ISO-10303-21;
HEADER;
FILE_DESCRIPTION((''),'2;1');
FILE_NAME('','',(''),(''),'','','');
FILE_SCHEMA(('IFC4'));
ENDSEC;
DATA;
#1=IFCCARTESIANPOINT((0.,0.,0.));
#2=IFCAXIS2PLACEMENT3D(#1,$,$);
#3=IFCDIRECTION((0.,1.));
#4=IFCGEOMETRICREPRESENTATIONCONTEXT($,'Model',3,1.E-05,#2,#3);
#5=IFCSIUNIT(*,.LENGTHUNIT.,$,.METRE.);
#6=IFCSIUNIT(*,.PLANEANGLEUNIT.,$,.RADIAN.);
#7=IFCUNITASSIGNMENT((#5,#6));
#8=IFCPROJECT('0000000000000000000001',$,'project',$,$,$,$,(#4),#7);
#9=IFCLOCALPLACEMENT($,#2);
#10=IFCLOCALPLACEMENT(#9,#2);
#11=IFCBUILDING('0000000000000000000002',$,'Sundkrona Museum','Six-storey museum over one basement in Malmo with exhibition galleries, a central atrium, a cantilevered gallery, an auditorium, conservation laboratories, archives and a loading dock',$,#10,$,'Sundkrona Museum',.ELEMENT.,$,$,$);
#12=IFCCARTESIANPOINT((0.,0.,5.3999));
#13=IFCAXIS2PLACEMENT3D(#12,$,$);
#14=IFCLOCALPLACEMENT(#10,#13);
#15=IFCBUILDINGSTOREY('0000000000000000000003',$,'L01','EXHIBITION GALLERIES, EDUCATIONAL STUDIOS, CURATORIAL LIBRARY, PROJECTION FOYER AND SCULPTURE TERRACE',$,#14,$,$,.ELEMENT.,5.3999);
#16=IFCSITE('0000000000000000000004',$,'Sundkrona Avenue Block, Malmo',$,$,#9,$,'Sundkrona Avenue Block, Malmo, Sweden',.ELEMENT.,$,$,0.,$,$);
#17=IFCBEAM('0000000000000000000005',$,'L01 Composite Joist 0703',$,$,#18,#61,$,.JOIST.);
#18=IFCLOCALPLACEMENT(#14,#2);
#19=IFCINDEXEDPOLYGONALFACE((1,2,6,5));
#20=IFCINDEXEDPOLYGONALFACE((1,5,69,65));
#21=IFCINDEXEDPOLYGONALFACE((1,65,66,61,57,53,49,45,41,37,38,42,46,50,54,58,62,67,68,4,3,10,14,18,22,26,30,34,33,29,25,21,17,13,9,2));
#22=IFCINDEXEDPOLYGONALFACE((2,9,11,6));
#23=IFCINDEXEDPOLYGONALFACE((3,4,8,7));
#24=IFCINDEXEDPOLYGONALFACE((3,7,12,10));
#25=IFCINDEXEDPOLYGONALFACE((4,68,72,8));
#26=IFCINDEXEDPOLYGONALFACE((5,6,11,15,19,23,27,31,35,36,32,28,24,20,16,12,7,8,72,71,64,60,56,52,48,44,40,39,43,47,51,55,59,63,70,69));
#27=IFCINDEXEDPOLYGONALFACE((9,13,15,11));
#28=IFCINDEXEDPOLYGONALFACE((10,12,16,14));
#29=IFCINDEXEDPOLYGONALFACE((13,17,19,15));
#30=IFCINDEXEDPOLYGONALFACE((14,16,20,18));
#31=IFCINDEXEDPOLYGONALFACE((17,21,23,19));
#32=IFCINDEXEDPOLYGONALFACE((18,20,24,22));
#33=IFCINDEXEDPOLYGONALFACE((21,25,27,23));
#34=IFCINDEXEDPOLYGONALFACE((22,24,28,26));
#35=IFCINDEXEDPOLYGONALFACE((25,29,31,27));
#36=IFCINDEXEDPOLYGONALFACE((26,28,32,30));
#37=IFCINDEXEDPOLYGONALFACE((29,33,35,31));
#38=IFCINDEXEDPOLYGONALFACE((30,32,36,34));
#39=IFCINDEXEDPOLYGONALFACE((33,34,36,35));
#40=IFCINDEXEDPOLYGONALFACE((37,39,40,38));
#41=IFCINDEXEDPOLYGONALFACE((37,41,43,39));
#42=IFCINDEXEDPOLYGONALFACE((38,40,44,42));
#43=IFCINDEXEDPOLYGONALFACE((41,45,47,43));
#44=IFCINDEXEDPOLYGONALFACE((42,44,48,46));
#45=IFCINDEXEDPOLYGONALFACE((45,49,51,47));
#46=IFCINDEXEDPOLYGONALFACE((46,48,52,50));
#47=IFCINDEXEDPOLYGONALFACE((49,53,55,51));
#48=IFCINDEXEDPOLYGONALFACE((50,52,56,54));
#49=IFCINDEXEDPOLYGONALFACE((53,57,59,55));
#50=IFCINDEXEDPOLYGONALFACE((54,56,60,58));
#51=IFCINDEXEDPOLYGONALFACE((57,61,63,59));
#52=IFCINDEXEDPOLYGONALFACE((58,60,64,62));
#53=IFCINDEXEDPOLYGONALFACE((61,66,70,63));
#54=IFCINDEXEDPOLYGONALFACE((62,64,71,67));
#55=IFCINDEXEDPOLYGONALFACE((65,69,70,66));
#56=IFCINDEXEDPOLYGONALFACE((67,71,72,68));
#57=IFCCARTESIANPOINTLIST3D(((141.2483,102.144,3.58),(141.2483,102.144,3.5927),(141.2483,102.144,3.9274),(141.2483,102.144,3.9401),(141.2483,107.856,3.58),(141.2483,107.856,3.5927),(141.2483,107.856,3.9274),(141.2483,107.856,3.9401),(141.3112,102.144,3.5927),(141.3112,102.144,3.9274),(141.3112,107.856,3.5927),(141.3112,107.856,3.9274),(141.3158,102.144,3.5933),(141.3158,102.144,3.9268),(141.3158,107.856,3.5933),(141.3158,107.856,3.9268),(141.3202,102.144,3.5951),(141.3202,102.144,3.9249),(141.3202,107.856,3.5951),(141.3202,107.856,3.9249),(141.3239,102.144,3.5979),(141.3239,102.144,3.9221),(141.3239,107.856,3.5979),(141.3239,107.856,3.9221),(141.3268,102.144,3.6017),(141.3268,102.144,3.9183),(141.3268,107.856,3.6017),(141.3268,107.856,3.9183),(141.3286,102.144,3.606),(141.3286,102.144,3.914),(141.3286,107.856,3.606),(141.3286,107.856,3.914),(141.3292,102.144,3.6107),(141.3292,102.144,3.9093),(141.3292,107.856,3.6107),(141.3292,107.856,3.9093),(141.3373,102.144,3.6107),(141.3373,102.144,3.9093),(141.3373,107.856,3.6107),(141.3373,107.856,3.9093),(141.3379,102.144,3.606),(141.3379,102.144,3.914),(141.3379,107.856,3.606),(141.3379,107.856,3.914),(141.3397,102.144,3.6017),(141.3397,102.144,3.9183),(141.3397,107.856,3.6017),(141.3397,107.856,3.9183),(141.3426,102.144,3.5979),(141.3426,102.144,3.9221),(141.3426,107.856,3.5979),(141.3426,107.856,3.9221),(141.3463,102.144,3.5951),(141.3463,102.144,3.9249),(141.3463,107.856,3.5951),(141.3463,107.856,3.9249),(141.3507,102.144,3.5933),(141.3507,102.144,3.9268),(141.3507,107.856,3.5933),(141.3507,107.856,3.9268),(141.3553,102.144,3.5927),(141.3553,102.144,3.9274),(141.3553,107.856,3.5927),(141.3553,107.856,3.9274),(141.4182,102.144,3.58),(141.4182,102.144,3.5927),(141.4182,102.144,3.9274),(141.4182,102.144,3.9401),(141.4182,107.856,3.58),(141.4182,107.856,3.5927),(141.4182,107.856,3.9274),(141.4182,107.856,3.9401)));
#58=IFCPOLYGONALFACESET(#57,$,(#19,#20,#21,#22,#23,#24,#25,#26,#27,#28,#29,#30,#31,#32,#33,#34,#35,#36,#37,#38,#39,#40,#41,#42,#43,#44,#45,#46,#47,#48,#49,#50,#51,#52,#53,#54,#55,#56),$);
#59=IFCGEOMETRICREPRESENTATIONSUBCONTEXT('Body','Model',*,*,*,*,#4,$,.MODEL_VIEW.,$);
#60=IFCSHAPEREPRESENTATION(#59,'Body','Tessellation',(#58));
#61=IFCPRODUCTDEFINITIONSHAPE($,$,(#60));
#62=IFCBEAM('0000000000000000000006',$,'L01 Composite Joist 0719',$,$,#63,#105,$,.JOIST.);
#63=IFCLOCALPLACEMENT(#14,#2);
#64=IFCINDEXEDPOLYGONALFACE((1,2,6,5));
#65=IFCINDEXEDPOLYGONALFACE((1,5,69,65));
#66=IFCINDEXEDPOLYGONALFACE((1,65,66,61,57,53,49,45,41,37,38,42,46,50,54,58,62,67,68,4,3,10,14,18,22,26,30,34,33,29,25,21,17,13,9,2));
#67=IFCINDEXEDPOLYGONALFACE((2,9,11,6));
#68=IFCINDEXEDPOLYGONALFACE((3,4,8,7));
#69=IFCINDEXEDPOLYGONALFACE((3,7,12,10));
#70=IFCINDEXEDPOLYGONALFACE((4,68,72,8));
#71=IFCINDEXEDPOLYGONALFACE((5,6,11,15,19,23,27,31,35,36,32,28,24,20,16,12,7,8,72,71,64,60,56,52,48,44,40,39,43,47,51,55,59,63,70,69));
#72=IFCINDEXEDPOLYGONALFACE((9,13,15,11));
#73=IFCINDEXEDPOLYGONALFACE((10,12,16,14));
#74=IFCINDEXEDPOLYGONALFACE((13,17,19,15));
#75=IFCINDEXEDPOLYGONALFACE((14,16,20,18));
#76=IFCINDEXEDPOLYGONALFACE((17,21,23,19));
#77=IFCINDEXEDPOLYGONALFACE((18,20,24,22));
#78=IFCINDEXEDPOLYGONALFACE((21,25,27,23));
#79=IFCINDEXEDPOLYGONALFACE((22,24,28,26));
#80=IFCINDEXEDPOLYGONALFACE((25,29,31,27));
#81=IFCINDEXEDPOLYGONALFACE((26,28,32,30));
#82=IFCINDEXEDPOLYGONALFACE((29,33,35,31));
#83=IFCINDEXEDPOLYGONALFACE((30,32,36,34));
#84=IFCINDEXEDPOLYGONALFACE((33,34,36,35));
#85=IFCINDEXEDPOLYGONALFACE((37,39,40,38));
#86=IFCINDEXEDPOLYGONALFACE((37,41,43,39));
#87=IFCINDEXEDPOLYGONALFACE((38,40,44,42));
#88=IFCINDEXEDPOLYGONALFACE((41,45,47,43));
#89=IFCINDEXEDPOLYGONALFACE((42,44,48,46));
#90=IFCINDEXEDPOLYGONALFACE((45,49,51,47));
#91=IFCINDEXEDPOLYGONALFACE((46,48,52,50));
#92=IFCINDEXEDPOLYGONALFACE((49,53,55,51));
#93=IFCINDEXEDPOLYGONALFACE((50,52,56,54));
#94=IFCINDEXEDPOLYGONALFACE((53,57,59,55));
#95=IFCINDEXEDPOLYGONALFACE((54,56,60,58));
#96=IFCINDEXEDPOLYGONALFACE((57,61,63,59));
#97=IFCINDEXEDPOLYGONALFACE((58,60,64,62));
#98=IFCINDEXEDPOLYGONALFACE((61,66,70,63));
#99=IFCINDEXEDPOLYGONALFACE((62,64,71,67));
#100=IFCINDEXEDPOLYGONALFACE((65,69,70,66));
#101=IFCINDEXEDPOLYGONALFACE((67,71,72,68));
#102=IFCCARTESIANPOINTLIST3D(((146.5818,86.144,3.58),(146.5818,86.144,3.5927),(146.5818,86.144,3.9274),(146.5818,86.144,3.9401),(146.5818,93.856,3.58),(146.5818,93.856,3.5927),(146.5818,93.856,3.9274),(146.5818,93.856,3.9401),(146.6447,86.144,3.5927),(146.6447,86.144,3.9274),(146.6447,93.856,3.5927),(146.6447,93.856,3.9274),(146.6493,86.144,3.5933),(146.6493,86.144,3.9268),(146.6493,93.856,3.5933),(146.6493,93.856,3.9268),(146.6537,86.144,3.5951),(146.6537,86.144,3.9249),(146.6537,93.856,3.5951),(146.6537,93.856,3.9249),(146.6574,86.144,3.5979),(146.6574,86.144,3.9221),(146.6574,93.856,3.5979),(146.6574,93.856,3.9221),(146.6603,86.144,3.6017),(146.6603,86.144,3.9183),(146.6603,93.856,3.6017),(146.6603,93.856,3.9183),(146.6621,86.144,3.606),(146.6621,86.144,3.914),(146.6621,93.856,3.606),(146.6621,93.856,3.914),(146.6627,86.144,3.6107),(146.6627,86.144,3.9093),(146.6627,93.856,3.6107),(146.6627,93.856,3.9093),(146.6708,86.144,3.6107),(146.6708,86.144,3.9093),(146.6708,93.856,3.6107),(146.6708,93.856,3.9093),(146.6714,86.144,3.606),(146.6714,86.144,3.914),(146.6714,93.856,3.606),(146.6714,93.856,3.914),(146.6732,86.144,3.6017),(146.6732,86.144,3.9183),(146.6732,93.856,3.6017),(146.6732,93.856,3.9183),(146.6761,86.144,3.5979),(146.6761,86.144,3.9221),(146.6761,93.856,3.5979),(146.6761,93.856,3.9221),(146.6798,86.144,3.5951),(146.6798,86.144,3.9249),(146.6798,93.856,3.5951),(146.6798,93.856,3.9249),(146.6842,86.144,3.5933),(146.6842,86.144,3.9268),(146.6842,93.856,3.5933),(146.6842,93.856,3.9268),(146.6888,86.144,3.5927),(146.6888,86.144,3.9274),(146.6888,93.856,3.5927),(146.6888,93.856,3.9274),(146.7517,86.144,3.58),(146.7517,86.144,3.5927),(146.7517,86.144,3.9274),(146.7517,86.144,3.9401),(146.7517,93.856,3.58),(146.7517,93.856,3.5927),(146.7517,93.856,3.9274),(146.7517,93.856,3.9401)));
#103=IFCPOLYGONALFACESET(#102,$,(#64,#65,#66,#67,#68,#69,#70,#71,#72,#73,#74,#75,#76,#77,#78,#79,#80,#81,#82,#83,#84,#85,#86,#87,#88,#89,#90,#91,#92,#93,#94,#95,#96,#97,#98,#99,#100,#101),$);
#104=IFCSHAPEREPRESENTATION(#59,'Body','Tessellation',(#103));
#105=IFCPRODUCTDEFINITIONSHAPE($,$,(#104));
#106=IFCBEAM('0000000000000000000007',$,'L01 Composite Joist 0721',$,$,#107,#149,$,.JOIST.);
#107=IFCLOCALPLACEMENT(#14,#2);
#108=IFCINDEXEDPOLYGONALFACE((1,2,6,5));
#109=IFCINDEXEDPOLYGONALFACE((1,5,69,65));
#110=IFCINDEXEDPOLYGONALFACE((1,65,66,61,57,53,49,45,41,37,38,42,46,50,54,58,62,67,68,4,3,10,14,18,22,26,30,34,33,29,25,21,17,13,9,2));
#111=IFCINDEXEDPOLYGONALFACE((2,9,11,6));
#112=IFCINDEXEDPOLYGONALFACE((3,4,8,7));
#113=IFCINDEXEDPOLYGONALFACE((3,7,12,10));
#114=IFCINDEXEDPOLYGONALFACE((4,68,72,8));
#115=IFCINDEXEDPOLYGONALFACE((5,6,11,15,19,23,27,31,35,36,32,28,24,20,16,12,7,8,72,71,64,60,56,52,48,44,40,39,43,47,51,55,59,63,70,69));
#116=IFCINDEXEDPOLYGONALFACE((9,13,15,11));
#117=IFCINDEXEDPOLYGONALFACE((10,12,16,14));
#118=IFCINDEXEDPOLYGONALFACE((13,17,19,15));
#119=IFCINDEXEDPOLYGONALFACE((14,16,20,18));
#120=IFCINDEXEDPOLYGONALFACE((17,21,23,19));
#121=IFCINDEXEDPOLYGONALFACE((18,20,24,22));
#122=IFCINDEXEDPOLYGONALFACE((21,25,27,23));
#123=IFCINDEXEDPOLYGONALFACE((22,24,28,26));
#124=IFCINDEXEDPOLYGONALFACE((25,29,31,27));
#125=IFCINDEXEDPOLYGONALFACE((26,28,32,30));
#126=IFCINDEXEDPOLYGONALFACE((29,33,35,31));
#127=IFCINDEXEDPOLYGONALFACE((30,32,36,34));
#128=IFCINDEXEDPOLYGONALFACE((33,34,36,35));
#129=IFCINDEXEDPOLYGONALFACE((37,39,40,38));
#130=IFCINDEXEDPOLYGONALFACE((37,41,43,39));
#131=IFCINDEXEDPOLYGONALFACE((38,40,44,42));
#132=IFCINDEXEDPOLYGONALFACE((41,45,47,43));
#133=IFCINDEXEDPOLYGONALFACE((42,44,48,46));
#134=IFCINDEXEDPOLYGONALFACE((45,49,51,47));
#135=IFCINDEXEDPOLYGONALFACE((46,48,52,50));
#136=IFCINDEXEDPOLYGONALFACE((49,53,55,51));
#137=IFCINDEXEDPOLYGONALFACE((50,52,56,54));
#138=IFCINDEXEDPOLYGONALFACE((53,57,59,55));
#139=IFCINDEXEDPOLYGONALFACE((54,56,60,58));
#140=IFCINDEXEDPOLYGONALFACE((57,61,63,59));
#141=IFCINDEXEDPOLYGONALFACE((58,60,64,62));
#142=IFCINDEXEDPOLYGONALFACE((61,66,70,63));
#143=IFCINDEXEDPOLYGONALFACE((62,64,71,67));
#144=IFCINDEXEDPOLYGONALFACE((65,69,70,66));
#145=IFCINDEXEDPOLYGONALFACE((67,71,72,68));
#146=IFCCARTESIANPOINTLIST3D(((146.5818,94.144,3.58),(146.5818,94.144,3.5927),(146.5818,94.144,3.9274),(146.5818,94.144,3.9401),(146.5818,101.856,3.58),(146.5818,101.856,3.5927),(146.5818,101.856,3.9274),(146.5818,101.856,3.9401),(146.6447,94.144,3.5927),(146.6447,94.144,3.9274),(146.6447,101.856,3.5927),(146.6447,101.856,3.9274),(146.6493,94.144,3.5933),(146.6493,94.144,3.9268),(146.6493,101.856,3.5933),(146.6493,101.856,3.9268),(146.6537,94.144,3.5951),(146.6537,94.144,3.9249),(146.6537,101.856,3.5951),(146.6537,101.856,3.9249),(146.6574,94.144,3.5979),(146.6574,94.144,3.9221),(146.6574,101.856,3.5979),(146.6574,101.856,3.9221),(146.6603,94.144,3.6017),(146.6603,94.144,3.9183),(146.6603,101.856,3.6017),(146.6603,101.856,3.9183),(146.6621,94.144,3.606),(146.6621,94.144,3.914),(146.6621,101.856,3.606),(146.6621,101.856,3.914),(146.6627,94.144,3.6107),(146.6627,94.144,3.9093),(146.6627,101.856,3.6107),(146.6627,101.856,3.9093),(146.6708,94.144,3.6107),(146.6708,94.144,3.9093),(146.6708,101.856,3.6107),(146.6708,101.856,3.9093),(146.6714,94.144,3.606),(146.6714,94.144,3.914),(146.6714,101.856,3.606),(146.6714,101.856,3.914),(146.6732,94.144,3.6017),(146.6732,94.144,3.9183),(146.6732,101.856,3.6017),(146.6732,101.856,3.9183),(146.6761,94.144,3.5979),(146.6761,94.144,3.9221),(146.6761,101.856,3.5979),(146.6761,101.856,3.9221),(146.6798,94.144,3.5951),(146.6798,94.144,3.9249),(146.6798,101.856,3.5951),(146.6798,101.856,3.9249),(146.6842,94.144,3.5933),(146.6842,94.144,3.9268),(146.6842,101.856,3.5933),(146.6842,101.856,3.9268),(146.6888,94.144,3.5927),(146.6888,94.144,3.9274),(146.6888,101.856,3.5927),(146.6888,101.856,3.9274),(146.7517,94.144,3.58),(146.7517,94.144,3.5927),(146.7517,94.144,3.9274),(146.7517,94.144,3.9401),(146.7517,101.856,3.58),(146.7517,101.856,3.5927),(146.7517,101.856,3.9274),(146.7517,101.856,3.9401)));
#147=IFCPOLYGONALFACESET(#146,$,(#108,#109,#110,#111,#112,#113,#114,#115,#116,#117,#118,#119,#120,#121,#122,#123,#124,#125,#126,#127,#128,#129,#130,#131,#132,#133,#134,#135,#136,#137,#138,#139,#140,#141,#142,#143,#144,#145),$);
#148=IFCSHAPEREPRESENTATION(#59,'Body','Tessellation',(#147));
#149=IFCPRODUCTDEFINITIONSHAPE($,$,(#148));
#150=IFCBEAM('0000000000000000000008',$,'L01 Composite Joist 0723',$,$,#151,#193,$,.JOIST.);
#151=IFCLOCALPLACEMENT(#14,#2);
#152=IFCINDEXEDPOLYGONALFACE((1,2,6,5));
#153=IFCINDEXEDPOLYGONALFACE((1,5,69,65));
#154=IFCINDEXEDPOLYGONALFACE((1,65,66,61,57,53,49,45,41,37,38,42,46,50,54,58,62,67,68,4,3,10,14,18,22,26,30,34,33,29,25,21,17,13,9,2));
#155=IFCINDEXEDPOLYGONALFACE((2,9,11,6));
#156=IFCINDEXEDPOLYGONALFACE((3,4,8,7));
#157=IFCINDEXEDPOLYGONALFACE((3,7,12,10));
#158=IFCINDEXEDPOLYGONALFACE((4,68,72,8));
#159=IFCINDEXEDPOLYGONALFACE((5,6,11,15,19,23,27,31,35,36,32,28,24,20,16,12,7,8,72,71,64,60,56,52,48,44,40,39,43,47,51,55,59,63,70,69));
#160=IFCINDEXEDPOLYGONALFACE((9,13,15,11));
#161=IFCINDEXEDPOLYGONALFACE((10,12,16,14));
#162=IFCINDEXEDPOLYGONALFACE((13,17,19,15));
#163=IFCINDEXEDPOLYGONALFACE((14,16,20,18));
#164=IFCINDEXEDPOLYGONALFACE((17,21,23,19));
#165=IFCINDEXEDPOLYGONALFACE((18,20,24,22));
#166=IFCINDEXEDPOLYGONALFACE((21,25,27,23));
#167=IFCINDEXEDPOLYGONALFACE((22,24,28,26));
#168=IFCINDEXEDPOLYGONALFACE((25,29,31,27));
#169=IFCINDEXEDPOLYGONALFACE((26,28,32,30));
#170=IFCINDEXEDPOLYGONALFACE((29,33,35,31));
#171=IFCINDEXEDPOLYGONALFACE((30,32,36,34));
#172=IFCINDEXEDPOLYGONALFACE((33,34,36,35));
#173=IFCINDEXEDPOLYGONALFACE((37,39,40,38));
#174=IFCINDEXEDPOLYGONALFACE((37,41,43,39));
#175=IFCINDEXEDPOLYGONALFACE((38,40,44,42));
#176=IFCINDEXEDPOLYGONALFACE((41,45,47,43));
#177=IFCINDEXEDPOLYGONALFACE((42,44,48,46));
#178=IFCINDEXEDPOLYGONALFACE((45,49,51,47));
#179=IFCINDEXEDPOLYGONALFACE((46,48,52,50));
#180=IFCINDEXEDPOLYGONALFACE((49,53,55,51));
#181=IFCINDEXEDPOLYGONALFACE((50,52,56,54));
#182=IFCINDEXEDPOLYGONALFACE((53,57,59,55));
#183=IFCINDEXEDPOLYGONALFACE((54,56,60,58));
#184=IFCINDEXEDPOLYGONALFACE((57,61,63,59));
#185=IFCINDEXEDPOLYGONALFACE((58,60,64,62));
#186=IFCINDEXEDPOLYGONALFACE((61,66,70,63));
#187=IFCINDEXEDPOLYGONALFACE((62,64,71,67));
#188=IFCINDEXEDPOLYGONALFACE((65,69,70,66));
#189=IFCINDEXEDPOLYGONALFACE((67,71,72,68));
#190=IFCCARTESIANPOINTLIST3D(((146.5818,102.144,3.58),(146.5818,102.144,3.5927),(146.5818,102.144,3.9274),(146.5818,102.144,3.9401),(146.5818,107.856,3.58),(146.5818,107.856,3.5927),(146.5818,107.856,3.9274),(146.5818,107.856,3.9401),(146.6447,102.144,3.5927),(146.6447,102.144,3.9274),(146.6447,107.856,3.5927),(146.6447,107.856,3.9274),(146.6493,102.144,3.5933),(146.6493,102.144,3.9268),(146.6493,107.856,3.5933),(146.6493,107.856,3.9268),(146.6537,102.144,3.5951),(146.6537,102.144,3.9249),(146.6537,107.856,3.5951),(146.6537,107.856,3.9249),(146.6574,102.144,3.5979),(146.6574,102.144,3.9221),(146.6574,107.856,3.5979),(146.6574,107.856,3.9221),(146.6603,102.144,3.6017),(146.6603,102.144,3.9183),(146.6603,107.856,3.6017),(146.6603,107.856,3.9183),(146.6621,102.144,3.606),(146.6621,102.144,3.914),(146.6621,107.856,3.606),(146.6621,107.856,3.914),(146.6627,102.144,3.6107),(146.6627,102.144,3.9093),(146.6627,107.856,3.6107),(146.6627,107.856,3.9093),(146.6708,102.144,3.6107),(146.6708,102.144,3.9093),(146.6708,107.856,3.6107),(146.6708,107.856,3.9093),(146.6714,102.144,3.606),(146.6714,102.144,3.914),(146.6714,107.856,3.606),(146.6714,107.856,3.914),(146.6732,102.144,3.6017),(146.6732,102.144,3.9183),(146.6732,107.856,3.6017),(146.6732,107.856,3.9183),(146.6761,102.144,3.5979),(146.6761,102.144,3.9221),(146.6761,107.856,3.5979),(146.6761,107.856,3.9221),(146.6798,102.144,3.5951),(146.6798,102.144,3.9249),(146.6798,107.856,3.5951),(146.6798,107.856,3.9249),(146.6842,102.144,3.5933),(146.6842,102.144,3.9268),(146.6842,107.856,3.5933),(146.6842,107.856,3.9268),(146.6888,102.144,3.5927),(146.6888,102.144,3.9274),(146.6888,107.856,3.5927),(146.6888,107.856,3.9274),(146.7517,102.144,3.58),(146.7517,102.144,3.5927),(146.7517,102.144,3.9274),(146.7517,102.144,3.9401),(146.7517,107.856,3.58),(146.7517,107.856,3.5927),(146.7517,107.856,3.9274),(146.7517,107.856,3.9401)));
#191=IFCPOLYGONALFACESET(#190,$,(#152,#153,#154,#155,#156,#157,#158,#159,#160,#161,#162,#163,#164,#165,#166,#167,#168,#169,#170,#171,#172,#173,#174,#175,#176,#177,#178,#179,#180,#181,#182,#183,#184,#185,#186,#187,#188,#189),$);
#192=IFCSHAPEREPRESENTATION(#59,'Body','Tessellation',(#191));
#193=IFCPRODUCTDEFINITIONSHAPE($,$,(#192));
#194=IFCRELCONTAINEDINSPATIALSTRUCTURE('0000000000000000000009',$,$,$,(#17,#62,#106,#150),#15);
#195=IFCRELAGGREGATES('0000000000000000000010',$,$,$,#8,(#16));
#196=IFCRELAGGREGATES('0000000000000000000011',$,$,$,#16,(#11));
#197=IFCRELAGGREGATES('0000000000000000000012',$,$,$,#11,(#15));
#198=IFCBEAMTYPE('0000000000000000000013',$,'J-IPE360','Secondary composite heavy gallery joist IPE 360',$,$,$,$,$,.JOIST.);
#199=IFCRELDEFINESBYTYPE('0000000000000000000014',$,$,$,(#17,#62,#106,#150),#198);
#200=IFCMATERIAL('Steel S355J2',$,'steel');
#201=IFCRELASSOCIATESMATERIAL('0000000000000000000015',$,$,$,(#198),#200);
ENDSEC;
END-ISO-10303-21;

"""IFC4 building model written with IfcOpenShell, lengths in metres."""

from ifc_helpers import new_model, si_unit, direction, frame, origin, origin_2d, place, context, subcontext, project, spatial, i_section, extrude, material, material_profile, profile_set, type_object, element, save


model = new_model("IFC4")

# Units and contexts
model_context = context("Model", 3, precision=1e-05, world=origin(), true_north=direction((0.0, 1.0)))
body_context = subcontext(model_context, "Body", "Model", "MODEL_VIEW")
ifc_project = project(units=[si_unit("LENGTHUNIT", "METRE"), si_unit("PLANEANGLEUNIT", "RADIAN")], contexts=[model_context])

# Site, building, storey
site_placement = place(None, origin())
site = spatial("IfcSite", under=ifc_project, at=site_placement, Name="Sundkrona Avenue Block, Malmo", LongName="Sundkrona Avenue Block, Malmo, Sweden", CompositionType="ELEMENT", RefElevation=0.0)
building_placement = place(site_placement, origin())
building = spatial("IfcBuilding", under=site, at=building_placement, Name="Sundkrona Museum", Description="Six-storey museum over one basement in Malmo with exhibition galleries, a central atrium, a cantilevered gallery, an auditorium, conservation laboratories, archives and a loading dock", LongName="Sundkrona Museum", CompositionType="ELEMENT")
storey_placement = place(building_placement, frame((0.0, 0.0, 5.3999)))
storey = spatial("IfcBuildingStorey", under=building, at=storey_placement, Name="L01", Description="EXHIBITION GALLERIES, EDUCATIONAL STUDIOS, CURATORIAL LIBRARY, PROJECTION FOYER AND SCULPTURE TERRACE", CompositionType="ELEMENT", Elevation=5.3999)

# Shared definitions
ifc_material = material(Name="Steel S355J2", Category="steel")

# Beams
ifc_material_profile_1 = material_profile(ifc_material, i_section(OverallWidth=0.1699, OverallDepth=0.3601, WebThickness=0.0081, FlangeThickness=0.0127, FilletRadius=0.0181, at=origin_2d()), Name="IPE 360")
ifc_profile_set_1 = profile_set([ifc_material_profile_1], Name="Steel S355J2")
beam_type_1 = type_object("IfcBeamType", Name="J-IPE360", Description="Secondary composite heavy gallery joist IPE 360", PredefinedType="JOIST", material=ifc_profile_set_1)
for number, where, z_axis, x_axis, name in (
    (1, (141.3333, 102.144, 3.76), (0.0, 1.0, 0.0), (-1.0, 0.0, 0.0), "L01 Composite Joist 0703"),
):
    element("IfcBeam", number, at=place(storey_placement, frame(where, z_axis=z_axis, x_axis=x_axis)), inside=storey, type_object=beam_type_1, Name=name, PredefinedType="JOIST", context=body_context, shape_type="SweptSolid", body=[
        extrude(i_section(OverallWidth=0.1699, OverallDepth=0.3601, WebThickness=0.0081, FlangeThickness=0.0127, FilletRadius=0.0181, at=origin_2d()), origin(), (0.0, 0.0, 1.0), 5.7119),
    ])
for number, where, z_axis, x_axis, name in (
    (2, (146.6667, 86.144, 3.76), (0.0, 1.0, 0.0), (-1.0, 0.0, 0.0), "L01 Composite Joist 0719"),
    (3, (146.6667, 94.144, 3.76), (0.0, 1.0, 0.0), (-1.0, 0.0, 0.0), "L01 Composite Joist 0721"),
):
    element("IfcBeam", number, at=place(storey_placement, frame(where, z_axis=z_axis, x_axis=x_axis)), inside=storey, type_object=beam_type_1, Name=name, PredefinedType="JOIST", context=body_context, shape_type="SweptSolid", body=[
        extrude(i_section(OverallWidth=0.1699, OverallDepth=0.3601, WebThickness=0.0081, FlangeThickness=0.0127, FilletRadius=0.0181, at=origin_2d()), origin(), (0.0, 0.0, 1.0), 7.7119),
    ])
beam_1_placement = place(storey_placement, frame((146.6667, 102.144, 3.76), z_axis=(0.0, 1.0, 0.0), x_axis=(-1.0, 0.0, 0.0)))
element("IfcBeam", 4, at=beam_1_placement, inside=storey, type_object=beam_type_1, Name="L01 Composite Joist 0723", PredefinedType="JOIST", context=body_context, shape_type="SweptSolid", body=[
    extrude(i_section(OverallWidth=0.1699, OverallDepth=0.3601, WebThickness=0.0081, FlangeThickness=0.0127, FilletRadius=0.0181, at=origin_2d()), origin(), (0.0, 0.0, 1.0), 5.7119),
])

save(model, "model.ifc")
